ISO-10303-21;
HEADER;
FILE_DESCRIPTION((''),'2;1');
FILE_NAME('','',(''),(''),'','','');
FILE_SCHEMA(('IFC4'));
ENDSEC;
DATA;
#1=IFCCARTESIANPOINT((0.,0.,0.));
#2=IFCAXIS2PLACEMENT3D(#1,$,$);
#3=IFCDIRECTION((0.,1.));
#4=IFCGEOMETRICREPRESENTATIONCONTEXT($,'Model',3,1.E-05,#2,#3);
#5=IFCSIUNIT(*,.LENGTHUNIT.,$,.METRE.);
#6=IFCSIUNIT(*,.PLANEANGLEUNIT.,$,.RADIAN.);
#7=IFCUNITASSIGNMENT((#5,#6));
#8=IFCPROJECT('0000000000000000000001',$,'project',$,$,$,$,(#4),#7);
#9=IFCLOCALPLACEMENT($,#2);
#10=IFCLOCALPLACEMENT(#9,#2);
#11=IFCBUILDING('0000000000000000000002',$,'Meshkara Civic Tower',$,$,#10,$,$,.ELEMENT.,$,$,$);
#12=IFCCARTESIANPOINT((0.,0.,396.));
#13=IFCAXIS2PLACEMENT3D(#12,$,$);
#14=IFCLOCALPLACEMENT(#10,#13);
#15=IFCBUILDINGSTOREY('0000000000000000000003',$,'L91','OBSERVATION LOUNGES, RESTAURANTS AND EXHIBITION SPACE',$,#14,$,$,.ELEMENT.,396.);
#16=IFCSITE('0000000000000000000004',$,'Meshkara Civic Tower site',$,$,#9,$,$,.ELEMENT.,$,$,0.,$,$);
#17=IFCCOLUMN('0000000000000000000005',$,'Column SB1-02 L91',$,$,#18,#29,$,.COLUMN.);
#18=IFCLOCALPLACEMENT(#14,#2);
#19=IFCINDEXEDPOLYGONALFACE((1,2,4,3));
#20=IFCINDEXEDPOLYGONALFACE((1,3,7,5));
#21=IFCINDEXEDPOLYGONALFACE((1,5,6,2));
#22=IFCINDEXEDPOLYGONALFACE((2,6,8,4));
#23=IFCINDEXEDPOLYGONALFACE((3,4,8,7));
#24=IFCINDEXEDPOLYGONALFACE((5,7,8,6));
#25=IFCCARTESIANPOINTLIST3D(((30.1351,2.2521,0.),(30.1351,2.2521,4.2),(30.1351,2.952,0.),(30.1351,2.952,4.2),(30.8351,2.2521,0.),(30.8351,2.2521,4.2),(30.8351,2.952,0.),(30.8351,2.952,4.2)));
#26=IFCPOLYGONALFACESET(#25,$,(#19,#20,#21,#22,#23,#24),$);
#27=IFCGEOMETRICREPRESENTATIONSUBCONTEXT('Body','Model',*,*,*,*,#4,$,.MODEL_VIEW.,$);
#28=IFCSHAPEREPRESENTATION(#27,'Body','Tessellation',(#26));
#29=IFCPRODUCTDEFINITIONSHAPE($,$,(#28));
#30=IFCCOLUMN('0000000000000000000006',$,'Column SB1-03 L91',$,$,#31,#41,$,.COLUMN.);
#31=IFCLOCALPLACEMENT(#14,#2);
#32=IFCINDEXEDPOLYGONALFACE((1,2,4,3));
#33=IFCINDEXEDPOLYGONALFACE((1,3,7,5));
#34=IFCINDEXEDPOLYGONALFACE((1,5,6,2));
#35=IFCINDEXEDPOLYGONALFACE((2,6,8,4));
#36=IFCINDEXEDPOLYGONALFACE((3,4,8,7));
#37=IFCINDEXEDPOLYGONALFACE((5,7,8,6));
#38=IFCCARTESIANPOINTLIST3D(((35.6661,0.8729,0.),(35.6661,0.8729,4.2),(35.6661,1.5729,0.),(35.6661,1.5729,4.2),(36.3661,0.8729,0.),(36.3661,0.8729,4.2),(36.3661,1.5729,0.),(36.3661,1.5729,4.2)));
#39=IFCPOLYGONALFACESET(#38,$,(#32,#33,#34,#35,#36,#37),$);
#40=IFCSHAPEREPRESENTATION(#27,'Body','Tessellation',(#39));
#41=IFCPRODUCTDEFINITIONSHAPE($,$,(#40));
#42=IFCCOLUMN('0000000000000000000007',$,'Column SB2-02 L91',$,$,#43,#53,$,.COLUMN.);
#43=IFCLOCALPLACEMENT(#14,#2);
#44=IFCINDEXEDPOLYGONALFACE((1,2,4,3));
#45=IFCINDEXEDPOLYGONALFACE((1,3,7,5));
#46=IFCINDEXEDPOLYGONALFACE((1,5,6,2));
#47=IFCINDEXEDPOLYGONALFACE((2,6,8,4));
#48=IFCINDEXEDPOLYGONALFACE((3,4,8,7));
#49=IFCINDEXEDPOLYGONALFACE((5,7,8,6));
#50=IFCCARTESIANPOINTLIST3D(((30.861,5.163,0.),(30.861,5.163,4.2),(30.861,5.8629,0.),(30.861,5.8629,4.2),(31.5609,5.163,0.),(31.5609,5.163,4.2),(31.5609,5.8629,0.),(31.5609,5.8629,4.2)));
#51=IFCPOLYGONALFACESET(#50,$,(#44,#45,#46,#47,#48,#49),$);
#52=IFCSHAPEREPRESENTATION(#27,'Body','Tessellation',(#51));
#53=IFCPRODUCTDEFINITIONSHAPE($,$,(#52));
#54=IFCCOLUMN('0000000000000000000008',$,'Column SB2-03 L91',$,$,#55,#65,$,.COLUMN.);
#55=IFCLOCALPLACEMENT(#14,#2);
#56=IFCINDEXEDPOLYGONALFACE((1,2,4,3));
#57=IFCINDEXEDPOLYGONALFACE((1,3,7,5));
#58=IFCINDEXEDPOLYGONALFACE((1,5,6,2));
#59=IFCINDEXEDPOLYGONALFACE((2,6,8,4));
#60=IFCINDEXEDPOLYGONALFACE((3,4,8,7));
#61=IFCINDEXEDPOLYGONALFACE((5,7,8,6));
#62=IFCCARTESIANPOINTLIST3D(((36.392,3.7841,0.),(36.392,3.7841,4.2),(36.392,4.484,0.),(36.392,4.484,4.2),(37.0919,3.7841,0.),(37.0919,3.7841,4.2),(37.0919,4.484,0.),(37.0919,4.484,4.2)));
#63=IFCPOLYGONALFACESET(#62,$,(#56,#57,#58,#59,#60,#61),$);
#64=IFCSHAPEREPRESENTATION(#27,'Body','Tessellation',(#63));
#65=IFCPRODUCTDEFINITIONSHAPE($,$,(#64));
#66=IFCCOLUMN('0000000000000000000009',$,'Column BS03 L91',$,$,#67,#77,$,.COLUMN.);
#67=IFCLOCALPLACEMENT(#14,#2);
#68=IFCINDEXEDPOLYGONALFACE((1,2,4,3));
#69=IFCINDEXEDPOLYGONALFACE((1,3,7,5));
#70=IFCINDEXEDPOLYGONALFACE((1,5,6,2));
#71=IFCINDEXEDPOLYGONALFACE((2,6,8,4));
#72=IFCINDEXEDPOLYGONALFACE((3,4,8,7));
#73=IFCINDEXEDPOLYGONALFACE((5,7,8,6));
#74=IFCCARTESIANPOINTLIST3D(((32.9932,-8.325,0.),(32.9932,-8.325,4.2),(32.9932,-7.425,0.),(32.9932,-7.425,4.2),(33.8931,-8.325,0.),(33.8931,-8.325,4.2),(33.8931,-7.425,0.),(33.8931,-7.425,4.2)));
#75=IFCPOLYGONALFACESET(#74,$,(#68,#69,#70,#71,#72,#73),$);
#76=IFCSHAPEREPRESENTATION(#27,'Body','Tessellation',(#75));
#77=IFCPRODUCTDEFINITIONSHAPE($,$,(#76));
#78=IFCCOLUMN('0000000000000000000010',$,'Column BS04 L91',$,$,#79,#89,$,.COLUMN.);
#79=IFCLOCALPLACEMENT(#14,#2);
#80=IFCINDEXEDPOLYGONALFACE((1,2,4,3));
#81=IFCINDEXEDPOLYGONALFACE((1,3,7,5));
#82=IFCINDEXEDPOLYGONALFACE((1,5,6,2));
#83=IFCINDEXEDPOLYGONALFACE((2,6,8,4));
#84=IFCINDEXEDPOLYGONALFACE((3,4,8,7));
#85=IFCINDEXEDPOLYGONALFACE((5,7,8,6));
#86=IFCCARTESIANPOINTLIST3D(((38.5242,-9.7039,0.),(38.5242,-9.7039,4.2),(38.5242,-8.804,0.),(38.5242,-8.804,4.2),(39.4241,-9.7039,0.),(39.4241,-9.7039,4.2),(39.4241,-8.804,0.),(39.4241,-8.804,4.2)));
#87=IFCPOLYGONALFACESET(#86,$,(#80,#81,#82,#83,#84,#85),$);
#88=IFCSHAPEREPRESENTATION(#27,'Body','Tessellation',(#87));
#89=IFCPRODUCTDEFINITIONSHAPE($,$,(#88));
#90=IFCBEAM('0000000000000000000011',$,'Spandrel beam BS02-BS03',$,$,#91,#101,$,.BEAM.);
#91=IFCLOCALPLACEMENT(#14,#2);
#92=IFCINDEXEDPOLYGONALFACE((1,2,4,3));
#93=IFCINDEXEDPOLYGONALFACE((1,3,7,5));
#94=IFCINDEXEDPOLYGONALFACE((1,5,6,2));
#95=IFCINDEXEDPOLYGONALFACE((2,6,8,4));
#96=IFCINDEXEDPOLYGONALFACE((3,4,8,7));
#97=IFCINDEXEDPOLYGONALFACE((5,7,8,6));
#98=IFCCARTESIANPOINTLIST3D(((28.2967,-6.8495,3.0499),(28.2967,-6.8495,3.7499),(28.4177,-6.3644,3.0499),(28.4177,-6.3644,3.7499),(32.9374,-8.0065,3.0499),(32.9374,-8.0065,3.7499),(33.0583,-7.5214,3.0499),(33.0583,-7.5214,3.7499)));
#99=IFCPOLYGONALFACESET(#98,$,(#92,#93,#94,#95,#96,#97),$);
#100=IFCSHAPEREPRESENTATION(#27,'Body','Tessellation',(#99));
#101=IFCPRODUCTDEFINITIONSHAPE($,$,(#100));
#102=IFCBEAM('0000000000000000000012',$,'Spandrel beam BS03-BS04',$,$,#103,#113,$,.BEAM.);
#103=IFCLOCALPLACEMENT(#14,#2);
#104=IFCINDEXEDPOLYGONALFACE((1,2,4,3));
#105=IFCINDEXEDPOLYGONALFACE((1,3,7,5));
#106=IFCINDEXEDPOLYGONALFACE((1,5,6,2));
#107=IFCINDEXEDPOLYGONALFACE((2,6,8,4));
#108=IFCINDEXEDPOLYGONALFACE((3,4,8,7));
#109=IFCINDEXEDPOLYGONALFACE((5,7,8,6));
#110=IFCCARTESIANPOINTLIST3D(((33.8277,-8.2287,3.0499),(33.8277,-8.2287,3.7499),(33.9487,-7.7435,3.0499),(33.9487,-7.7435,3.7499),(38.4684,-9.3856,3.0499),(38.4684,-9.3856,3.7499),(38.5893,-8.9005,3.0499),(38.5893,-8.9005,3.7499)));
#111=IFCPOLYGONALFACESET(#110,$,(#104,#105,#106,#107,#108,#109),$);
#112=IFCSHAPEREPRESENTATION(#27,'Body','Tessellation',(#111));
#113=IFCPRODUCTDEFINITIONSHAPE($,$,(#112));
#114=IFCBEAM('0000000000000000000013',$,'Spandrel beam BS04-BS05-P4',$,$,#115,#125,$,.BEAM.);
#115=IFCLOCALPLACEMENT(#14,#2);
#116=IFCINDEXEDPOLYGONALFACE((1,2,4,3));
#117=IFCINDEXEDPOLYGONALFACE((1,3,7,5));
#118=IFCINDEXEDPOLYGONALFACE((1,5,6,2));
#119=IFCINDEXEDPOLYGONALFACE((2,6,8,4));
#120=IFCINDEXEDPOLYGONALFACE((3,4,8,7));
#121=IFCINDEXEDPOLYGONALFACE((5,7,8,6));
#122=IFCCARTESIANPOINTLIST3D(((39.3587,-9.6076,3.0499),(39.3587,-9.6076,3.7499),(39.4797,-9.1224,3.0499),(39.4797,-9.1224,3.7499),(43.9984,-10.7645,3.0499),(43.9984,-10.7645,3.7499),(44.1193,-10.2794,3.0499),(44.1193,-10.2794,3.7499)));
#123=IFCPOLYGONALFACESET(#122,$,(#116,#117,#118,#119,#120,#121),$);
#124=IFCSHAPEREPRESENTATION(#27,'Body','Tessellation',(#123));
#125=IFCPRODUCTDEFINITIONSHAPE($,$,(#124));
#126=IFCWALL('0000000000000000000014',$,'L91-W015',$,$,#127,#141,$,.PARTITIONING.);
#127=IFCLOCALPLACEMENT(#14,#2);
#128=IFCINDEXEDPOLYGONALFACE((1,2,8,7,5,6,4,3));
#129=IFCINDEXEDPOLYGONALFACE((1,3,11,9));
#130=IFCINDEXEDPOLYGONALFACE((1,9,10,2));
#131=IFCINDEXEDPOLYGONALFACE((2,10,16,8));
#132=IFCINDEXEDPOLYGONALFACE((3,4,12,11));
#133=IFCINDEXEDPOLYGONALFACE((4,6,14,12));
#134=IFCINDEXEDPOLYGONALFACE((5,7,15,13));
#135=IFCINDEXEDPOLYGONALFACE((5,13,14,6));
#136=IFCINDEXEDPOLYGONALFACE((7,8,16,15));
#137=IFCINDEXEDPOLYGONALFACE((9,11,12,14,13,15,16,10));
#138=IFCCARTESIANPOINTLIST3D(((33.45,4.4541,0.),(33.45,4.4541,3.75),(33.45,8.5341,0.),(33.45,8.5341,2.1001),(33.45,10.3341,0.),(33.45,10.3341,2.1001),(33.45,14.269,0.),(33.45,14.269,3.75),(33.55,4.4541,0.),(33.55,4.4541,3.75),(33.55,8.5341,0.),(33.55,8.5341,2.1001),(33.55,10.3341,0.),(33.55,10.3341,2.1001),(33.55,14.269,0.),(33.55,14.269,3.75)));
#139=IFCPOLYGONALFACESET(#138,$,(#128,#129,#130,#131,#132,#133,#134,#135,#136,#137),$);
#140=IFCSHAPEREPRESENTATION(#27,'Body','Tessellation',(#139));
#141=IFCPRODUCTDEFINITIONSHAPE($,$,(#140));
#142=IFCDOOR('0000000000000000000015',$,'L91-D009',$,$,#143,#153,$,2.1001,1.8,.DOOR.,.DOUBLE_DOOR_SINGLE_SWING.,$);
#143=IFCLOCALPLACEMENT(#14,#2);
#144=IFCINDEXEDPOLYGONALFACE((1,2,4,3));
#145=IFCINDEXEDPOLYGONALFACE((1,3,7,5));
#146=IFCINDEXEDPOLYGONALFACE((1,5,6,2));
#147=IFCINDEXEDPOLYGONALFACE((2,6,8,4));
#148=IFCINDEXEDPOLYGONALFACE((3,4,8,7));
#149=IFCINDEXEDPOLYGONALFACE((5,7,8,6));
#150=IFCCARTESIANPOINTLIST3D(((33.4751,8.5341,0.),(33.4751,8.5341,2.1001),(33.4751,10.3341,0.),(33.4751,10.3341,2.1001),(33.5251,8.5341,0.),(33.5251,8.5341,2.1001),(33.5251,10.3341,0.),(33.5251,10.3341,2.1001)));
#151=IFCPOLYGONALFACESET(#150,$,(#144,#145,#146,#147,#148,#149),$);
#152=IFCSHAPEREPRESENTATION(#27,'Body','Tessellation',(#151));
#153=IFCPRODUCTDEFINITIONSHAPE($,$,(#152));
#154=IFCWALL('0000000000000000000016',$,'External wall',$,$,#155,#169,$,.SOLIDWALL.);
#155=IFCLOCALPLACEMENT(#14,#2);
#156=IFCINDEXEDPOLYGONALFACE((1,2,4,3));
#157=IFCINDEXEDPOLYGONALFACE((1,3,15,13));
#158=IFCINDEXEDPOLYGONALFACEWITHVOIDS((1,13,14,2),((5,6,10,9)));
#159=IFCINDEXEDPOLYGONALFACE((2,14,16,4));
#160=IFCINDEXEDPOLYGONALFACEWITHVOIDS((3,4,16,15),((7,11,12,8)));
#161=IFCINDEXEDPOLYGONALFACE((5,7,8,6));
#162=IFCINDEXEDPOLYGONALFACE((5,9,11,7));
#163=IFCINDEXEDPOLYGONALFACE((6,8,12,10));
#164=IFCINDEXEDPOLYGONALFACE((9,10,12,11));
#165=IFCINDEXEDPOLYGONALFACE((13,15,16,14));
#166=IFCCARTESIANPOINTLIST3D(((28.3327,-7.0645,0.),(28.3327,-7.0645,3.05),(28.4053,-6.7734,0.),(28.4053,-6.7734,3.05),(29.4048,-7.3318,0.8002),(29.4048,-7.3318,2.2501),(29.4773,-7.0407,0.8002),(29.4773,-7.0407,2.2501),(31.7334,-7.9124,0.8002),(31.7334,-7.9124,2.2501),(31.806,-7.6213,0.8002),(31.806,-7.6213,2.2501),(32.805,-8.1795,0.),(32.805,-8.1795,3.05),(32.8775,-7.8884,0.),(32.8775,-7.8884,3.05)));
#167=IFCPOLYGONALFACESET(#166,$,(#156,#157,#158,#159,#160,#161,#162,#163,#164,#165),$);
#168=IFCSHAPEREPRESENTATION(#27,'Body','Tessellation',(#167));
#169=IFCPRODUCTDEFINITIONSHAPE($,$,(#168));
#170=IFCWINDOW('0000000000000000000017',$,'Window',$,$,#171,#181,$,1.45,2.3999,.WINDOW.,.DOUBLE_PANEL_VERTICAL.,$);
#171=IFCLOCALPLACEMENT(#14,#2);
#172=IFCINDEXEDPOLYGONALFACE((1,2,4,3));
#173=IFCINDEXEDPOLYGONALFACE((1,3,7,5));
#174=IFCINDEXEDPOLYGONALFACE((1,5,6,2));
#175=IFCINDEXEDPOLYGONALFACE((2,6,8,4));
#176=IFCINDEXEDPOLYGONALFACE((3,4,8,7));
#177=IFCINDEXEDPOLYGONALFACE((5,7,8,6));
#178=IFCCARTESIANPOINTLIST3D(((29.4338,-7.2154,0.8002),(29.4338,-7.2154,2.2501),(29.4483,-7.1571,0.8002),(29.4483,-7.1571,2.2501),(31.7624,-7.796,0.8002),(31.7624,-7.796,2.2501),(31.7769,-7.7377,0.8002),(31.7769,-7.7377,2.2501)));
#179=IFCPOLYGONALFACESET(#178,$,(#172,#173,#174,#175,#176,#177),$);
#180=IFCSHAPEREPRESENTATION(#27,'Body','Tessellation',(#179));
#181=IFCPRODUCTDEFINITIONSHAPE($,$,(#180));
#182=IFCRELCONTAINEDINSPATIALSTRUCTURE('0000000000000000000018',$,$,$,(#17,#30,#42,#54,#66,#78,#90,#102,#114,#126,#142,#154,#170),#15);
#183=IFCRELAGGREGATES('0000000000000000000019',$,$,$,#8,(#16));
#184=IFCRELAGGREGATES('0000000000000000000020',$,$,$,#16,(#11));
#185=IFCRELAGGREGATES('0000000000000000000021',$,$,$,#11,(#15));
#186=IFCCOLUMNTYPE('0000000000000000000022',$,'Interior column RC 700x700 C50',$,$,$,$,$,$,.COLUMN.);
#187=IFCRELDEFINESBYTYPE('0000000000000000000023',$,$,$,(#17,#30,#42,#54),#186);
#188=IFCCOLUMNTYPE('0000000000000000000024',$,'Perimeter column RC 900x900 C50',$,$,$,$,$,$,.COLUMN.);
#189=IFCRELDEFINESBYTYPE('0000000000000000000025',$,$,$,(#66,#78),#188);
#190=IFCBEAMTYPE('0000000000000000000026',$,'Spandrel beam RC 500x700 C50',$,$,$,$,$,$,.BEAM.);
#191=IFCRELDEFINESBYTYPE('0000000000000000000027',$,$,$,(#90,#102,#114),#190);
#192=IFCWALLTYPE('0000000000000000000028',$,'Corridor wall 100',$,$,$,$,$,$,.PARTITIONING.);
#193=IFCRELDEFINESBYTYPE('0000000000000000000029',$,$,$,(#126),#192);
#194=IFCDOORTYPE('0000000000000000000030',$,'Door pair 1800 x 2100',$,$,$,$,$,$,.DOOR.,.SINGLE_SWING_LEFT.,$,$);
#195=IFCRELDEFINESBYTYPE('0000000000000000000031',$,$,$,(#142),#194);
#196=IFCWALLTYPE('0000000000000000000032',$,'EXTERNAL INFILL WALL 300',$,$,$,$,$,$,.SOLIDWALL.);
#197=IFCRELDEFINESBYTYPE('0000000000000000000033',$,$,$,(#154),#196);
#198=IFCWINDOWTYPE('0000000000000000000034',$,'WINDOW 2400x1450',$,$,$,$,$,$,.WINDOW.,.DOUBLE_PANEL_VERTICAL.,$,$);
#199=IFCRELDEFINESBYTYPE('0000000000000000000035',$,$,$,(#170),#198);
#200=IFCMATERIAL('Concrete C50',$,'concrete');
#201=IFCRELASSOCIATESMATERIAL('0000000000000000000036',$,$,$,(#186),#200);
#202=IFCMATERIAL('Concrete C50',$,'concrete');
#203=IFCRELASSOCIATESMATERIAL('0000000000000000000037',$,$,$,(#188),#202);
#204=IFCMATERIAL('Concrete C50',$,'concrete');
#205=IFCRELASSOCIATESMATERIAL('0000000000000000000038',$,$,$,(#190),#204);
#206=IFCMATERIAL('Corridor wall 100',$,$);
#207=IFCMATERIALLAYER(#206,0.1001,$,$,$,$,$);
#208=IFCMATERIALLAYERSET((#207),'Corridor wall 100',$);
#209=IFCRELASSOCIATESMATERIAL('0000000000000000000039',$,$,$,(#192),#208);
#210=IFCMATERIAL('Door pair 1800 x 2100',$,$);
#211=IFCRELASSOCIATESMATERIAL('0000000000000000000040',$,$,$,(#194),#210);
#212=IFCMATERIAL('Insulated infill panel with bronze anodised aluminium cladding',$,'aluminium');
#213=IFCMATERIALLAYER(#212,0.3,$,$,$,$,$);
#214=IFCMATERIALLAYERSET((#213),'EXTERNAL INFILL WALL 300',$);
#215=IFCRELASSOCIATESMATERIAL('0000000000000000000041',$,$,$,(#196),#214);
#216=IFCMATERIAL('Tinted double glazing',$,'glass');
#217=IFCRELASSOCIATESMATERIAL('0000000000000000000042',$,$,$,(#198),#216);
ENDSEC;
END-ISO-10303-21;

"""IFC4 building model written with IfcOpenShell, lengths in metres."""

from ifc_helpers import new_model, si_unit, direction, frame, frame_2d, origin, origin_2d, place, context, subcontext, project, spatial, rectangle, extrude, material, layer, layer_set, material_profile, profile_set, type_object, element, fill, save


model = new_model("IFC4")

# Units and contexts
model_context = context("Model", 3, precision=1e-05, world=origin(), true_north=direction((0.0, 1.0)))
body_context = subcontext(model_context, "Body", "Model", "MODEL_VIEW")
ifc_project = project(units=[si_unit("LENGTHUNIT", "METRE"), si_unit("PLANEANGLEUNIT", "RADIAN")], contexts=[model_context])

# Site, building, storey
site_placement = place(None, origin())
site = spatial("IfcSite", under=ifc_project, at=site_placement, Name="Meshkara Civic Tower site", CompositionType="ELEMENT", RefElevation=0.0)
building_placement = place(site_placement, origin())
building = spatial("IfcBuilding", under=site, at=building_placement, Name="Meshkara Civic Tower", CompositionType="ELEMENT")
storey_placement = place(building_placement, frame((0.0, 0.0, 396.0)))
storey = spatial("IfcBuildingStorey", under=building, at=storey_placement, Name="L91", Description="OBSERVATION LOUNGES, RESTAURANTS AND EXHIBITION SPACE", CompositionType="ELEMENT", Elevation=396.0)

# Columns
ifc_material_1 = material(Name="Concrete C50", Category="concrete")
ifc_material_profile_1 = material_profile(ifc_material_1, rectangle(XDim=0.7, YDim=0.7, at=origin_2d()))
ifc_profile_set_1 = profile_set([ifc_material_profile_1], Name="Concrete C50")
column_type_1 = type_object("IfcColumnType", Name="Interior column RC 700x700 C50", PredefinedType="COLUMN", material=ifc_profile_set_1)
for number, where, z_axis, x_axis, name in (
    (1, (30.4851, 2.6021, 0.0), (0.0, 0.0, 1.0), (1.0, 0.0, 0.0), "Column SB1-02 L91"),
    (2, (36.0161, 1.2229, 0.0), (0.0, 0.0, 1.0), (1.0, 0.0, 0.0), "Column SB1-03 L91"),
    (3, (31.2109, 5.5129, 0.0), (0.0, 0.0, 1.0), (1.0, 0.0, 0.0), "Column SB2-02 L91"),
    (4, (36.7419, 4.134, 0.0), (0.0, 0.0, 1.0), (1.0, 0.0, 0.0), "Column SB2-03 L91"),
):
    element("IfcColumn", number, at=place(storey_placement, frame(where, z_axis=z_axis, x_axis=x_axis)), inside=storey, type_object=column_type_1, Name=name, PredefinedType="COLUMN", context=body_context, shape_type="SweptSolid", body=[
        extrude(rectangle(XDim=0.7, YDim=0.7, at=origin_2d()), origin(), (0.0, 0.0, 1.0), 4.2),
    ])
ifc_material_2 = material(Name="Concrete C50", Category="concrete")
ifc_material_profile_2 = material_profile(ifc_material_2, rectangle(XDim=0.8999, YDim=0.8999, at=origin_2d()))
ifc_profile_set_2 = profile_set([ifc_material_profile_2], Name="Concrete C50")
column_type_2 = type_object("IfcColumnType", Name="Perimeter column RC 900x900 C50", PredefinedType="COLUMN", material=ifc_profile_set_2)
for number, where, z_axis, x_axis, name in (
    (5, (33.4431, -7.875, 0.0), (0.0, 0.0, 1.0), (1.0, 0.0, 0.0), "Column BS03 L91"),
    (6, (38.9741, -9.2539, 0.0), (0.0, 0.0, 1.0), (1.0, 0.0, 0.0), "Column BS04 L91"),
):
    element("IfcColumn", number, at=place(storey_placement, frame(where, z_axis=z_axis, x_axis=x_axis)), inside=storey, type_object=column_type_2, Name=name, PredefinedType="COLUMN", context=body_context, shape_type="SweptSolid", body=[
        extrude(rectangle(XDim=0.8999, YDim=0.8999, at=origin_2d()), origin(), (0.0, 0.0, 1.0), 4.2),
    ])

# Beams
ifc_material_3 = material(Name="Concrete C50", Category="concrete")
ifc_material_profile_3 = material_profile(ifc_material_3, rectangle(XDim=0.5, YDim=0.7, at=origin_2d()))
ifc_profile_set_3 = profile_set([ifc_material_profile_3], Name="Concrete C50")
beam_type = type_object("IfcBeamType", Name="Spandrel beam RC 500x700 C50", PredefinedType="BEAM", material=ifc_profile_set_3)
for number, where, z_axis, x_axis, name in (
    (7, (28.3572, -6.6069, 3.3999), (0.970298, -0.241911, 0.0), (0.241911, 0.970298, 0.0), "Spandrel beam BS02-BS03"),
    (8, (33.8882, -7.9861, 3.3999), (0.970298, -0.241911, 0.0), (0.241911, 0.970298, 0.0), "Spandrel beam BS03-BS04"),
):
    element("IfcBeam", number, at=place(storey_placement, frame(where, z_axis=z_axis, x_axis=x_axis)), inside=storey, type_object=beam_type, Name=name, PredefinedType="BEAM", context=body_context, shape_type="SweptSolid", body=[
        extrude(rectangle(XDim=0.5, YDim=0.7, at=origin_2d()), origin(), (0.0, 0.0, 1.0), 4.7827),
    ])
beam_placement = place(storey_placement, frame((39.4192, -9.365, 3.3999), z_axis=(0.970286, -0.241959, 0.0), x_axis=(0.241959, 0.970286, 0.0)))
element("IfcBeam", 9, at=beam_placement, inside=storey, type_object=beam_type, Name="Spandrel beam BS04-BS05-P4", PredefinedType="BEAM", context=body_context, shape_type="SweptSolid", body=[
    extrude(rectangle(XDim=0.5, YDim=0.7, at=origin_2d()), origin(), (0.0, 0.0, 1.0), 4.7817),
])

# Wall, opening, door
ifc_material_4 = material(Name="Corridor wall 100")
ifc_layer_1 = layer(ifc_material_4, 0.1001)
ifc_layer_set_1 = layer_set([ifc_layer_1], Name="Corridor wall 100")
wall_type_1 = type_object("IfcWallType", Name="Corridor wall 100", PredefinedType="PARTITIONING", material=ifc_layer_set_1)
wall_1_placement = place(storey_placement, frame((33.5, 4.4541, 0.0), z_axis=(0.0, 0.0, 1.0), x_axis=(0.0, 1.0, 0.0)))
wall_1 = element("IfcWall", 10, at=wall_1_placement, inside=storey, type_object=wall_type_1, Name="L91-W015", PredefinedType="PARTITIONING", context=body_context, shape_type="SweptSolid", body=[
    extrude(rectangle(XDim=9.8149, YDim=0.1001, at=frame_2d((4.9075, 0.0))), origin(), (0.0, 0.0, 1.0), 3.75),
])
opening_1_placement = place(wall_1_placement, frame((4.0801, 0.0, 0.0)))
opening_1 = element("IfcOpeningElement", 11, at=opening_1_placement, cuts=wall_1, PredefinedType="OPENING", context=body_context, shape_type="SweptSolid", body=[
    extrude(rectangle(XDim=1.8, YDim=2.1001, at=frame_2d((0.8999, 1.05))), frame((0.0, 0.0601, 0.0), z_axis=(0.0, -1.0, 0.0), x_axis=(1.0, 0.0, 0.0)), (0.0, 0.0, 1.0), 0.1201),
])
ifc_material_5 = material(Name="Door pair 1800 x 2100")
door_type = type_object("IfcDoorType", Name="Door pair 1800 x 2100", OperationType="SINGLE_SWING_LEFT", PredefinedType="DOOR", material=ifc_material_5)
door_placement = place(opening_1_placement, origin())
door = element("IfcDoor", 12, at=door_placement, inside=storey, type_object=door_type, Name="L91-D009", OperationType="DOUBLE_DOOR_SINGLE_SWING", OverallHeight=2.1001, OverallWidth=1.8, PredefinedType="DOOR", context=body_context, shape_type="SweptSolid", body=[
    extrude(rectangle(XDim=1.8, YDim=2.1001, at=frame_2d((0.8999, 1.05))), frame((0.0, 0.0249, 0.0), z_axis=(0.0, -1.0, 0.0), x_axis=(1.0, 0.0, 0.0)), (0.0, 0.0, 1.0), 0.05),
])
fill(opening_1, door)

# Wall, opening, window
ifc_material_6 = material(Name="Insulated infill panel with bronze anodised aluminium cladding", Category="aluminium")
ifc_layer_2 = layer(ifc_material_6, 0.3)
ifc_layer_set_2 = layer_set([ifc_layer_2], Name="EXTERNAL INFILL WALL 300")
wall_type_2 = type_object("IfcWallType", Name="EXTERNAL INFILL WALL 300", PredefinedType="SOLIDWALL", material=ifc_layer_set_2)
wall_2_placement = place(storey_placement, frame((28.3689, -6.9189, 0.0), z_axis=(0.0, 0.0, 1.0), x_axis=(0.970298, -0.241912, 0.0)))
wall_2 = element("IfcWall", 13, at=wall_2_placement, inside=storey, type_object=wall_type_2, Name="External wall", PredefinedType="SOLIDWALL", context=body_context, shape_type="SweptSolid", body=[
    extrude(rectangle(XDim=4.6091, YDim=0.3, at=frame_2d((2.3047, 0.0))), origin(), (0.0, 0.0, 1.0), 3.05),
])
opening_2_placement = place(wall_2_placement, frame((1.105, 0.0, 0.8)))
opening_2 = element("IfcOpeningElement", 14, at=opening_2_placement, cuts=wall_2, PredefinedType="OPENING", context=body_context, shape_type="SweptSolid", body=[
    extrude(rectangle(XDim=2.3999, YDim=1.45, at=frame_2d((1.2, 0.7251))), frame((0.0, 0.1599, 0.0), z_axis=(0.0, -1.0, 0.0), x_axis=(1.0, 0.0, 0.0)), (0.0, 0.0, 1.0), 0.3201),
])
ifc_material_7 = material(Name="Tinted double glazing", Category="glass")
window_type = type_object("IfcWindowType", Name="WINDOW 2400x1450", PartitioningType="DOUBLE_PANEL_VERTICAL", PredefinedType="WINDOW", material=ifc_material_7)
window_1_placement = place(opening_2_placement, origin())
window_1 = element("IfcWindow", 15, at=window_1_placement, inside=storey, type_object=window_type, Name="Window", OverallHeight=1.45, OverallWidth=2.3999, PartitioningType="DOUBLE_PANEL_VERTICAL", PredefinedType="WINDOW", context=body_context, shape_type="SweptSolid", body=[
    extrude(rectangle(XDim=2.3999, YDim=1.45, at=frame_2d((1.2, 0.7251))), frame((0.0, 0.03, 0.0), z_axis=(0.0, -1.0, 0.0), x_axis=(1.0, 0.0, 0.0)), (0.0, 0.0, 1.0), 0.0601),
])
fill(opening_2, window_1)

save(model, "model.ifc")
